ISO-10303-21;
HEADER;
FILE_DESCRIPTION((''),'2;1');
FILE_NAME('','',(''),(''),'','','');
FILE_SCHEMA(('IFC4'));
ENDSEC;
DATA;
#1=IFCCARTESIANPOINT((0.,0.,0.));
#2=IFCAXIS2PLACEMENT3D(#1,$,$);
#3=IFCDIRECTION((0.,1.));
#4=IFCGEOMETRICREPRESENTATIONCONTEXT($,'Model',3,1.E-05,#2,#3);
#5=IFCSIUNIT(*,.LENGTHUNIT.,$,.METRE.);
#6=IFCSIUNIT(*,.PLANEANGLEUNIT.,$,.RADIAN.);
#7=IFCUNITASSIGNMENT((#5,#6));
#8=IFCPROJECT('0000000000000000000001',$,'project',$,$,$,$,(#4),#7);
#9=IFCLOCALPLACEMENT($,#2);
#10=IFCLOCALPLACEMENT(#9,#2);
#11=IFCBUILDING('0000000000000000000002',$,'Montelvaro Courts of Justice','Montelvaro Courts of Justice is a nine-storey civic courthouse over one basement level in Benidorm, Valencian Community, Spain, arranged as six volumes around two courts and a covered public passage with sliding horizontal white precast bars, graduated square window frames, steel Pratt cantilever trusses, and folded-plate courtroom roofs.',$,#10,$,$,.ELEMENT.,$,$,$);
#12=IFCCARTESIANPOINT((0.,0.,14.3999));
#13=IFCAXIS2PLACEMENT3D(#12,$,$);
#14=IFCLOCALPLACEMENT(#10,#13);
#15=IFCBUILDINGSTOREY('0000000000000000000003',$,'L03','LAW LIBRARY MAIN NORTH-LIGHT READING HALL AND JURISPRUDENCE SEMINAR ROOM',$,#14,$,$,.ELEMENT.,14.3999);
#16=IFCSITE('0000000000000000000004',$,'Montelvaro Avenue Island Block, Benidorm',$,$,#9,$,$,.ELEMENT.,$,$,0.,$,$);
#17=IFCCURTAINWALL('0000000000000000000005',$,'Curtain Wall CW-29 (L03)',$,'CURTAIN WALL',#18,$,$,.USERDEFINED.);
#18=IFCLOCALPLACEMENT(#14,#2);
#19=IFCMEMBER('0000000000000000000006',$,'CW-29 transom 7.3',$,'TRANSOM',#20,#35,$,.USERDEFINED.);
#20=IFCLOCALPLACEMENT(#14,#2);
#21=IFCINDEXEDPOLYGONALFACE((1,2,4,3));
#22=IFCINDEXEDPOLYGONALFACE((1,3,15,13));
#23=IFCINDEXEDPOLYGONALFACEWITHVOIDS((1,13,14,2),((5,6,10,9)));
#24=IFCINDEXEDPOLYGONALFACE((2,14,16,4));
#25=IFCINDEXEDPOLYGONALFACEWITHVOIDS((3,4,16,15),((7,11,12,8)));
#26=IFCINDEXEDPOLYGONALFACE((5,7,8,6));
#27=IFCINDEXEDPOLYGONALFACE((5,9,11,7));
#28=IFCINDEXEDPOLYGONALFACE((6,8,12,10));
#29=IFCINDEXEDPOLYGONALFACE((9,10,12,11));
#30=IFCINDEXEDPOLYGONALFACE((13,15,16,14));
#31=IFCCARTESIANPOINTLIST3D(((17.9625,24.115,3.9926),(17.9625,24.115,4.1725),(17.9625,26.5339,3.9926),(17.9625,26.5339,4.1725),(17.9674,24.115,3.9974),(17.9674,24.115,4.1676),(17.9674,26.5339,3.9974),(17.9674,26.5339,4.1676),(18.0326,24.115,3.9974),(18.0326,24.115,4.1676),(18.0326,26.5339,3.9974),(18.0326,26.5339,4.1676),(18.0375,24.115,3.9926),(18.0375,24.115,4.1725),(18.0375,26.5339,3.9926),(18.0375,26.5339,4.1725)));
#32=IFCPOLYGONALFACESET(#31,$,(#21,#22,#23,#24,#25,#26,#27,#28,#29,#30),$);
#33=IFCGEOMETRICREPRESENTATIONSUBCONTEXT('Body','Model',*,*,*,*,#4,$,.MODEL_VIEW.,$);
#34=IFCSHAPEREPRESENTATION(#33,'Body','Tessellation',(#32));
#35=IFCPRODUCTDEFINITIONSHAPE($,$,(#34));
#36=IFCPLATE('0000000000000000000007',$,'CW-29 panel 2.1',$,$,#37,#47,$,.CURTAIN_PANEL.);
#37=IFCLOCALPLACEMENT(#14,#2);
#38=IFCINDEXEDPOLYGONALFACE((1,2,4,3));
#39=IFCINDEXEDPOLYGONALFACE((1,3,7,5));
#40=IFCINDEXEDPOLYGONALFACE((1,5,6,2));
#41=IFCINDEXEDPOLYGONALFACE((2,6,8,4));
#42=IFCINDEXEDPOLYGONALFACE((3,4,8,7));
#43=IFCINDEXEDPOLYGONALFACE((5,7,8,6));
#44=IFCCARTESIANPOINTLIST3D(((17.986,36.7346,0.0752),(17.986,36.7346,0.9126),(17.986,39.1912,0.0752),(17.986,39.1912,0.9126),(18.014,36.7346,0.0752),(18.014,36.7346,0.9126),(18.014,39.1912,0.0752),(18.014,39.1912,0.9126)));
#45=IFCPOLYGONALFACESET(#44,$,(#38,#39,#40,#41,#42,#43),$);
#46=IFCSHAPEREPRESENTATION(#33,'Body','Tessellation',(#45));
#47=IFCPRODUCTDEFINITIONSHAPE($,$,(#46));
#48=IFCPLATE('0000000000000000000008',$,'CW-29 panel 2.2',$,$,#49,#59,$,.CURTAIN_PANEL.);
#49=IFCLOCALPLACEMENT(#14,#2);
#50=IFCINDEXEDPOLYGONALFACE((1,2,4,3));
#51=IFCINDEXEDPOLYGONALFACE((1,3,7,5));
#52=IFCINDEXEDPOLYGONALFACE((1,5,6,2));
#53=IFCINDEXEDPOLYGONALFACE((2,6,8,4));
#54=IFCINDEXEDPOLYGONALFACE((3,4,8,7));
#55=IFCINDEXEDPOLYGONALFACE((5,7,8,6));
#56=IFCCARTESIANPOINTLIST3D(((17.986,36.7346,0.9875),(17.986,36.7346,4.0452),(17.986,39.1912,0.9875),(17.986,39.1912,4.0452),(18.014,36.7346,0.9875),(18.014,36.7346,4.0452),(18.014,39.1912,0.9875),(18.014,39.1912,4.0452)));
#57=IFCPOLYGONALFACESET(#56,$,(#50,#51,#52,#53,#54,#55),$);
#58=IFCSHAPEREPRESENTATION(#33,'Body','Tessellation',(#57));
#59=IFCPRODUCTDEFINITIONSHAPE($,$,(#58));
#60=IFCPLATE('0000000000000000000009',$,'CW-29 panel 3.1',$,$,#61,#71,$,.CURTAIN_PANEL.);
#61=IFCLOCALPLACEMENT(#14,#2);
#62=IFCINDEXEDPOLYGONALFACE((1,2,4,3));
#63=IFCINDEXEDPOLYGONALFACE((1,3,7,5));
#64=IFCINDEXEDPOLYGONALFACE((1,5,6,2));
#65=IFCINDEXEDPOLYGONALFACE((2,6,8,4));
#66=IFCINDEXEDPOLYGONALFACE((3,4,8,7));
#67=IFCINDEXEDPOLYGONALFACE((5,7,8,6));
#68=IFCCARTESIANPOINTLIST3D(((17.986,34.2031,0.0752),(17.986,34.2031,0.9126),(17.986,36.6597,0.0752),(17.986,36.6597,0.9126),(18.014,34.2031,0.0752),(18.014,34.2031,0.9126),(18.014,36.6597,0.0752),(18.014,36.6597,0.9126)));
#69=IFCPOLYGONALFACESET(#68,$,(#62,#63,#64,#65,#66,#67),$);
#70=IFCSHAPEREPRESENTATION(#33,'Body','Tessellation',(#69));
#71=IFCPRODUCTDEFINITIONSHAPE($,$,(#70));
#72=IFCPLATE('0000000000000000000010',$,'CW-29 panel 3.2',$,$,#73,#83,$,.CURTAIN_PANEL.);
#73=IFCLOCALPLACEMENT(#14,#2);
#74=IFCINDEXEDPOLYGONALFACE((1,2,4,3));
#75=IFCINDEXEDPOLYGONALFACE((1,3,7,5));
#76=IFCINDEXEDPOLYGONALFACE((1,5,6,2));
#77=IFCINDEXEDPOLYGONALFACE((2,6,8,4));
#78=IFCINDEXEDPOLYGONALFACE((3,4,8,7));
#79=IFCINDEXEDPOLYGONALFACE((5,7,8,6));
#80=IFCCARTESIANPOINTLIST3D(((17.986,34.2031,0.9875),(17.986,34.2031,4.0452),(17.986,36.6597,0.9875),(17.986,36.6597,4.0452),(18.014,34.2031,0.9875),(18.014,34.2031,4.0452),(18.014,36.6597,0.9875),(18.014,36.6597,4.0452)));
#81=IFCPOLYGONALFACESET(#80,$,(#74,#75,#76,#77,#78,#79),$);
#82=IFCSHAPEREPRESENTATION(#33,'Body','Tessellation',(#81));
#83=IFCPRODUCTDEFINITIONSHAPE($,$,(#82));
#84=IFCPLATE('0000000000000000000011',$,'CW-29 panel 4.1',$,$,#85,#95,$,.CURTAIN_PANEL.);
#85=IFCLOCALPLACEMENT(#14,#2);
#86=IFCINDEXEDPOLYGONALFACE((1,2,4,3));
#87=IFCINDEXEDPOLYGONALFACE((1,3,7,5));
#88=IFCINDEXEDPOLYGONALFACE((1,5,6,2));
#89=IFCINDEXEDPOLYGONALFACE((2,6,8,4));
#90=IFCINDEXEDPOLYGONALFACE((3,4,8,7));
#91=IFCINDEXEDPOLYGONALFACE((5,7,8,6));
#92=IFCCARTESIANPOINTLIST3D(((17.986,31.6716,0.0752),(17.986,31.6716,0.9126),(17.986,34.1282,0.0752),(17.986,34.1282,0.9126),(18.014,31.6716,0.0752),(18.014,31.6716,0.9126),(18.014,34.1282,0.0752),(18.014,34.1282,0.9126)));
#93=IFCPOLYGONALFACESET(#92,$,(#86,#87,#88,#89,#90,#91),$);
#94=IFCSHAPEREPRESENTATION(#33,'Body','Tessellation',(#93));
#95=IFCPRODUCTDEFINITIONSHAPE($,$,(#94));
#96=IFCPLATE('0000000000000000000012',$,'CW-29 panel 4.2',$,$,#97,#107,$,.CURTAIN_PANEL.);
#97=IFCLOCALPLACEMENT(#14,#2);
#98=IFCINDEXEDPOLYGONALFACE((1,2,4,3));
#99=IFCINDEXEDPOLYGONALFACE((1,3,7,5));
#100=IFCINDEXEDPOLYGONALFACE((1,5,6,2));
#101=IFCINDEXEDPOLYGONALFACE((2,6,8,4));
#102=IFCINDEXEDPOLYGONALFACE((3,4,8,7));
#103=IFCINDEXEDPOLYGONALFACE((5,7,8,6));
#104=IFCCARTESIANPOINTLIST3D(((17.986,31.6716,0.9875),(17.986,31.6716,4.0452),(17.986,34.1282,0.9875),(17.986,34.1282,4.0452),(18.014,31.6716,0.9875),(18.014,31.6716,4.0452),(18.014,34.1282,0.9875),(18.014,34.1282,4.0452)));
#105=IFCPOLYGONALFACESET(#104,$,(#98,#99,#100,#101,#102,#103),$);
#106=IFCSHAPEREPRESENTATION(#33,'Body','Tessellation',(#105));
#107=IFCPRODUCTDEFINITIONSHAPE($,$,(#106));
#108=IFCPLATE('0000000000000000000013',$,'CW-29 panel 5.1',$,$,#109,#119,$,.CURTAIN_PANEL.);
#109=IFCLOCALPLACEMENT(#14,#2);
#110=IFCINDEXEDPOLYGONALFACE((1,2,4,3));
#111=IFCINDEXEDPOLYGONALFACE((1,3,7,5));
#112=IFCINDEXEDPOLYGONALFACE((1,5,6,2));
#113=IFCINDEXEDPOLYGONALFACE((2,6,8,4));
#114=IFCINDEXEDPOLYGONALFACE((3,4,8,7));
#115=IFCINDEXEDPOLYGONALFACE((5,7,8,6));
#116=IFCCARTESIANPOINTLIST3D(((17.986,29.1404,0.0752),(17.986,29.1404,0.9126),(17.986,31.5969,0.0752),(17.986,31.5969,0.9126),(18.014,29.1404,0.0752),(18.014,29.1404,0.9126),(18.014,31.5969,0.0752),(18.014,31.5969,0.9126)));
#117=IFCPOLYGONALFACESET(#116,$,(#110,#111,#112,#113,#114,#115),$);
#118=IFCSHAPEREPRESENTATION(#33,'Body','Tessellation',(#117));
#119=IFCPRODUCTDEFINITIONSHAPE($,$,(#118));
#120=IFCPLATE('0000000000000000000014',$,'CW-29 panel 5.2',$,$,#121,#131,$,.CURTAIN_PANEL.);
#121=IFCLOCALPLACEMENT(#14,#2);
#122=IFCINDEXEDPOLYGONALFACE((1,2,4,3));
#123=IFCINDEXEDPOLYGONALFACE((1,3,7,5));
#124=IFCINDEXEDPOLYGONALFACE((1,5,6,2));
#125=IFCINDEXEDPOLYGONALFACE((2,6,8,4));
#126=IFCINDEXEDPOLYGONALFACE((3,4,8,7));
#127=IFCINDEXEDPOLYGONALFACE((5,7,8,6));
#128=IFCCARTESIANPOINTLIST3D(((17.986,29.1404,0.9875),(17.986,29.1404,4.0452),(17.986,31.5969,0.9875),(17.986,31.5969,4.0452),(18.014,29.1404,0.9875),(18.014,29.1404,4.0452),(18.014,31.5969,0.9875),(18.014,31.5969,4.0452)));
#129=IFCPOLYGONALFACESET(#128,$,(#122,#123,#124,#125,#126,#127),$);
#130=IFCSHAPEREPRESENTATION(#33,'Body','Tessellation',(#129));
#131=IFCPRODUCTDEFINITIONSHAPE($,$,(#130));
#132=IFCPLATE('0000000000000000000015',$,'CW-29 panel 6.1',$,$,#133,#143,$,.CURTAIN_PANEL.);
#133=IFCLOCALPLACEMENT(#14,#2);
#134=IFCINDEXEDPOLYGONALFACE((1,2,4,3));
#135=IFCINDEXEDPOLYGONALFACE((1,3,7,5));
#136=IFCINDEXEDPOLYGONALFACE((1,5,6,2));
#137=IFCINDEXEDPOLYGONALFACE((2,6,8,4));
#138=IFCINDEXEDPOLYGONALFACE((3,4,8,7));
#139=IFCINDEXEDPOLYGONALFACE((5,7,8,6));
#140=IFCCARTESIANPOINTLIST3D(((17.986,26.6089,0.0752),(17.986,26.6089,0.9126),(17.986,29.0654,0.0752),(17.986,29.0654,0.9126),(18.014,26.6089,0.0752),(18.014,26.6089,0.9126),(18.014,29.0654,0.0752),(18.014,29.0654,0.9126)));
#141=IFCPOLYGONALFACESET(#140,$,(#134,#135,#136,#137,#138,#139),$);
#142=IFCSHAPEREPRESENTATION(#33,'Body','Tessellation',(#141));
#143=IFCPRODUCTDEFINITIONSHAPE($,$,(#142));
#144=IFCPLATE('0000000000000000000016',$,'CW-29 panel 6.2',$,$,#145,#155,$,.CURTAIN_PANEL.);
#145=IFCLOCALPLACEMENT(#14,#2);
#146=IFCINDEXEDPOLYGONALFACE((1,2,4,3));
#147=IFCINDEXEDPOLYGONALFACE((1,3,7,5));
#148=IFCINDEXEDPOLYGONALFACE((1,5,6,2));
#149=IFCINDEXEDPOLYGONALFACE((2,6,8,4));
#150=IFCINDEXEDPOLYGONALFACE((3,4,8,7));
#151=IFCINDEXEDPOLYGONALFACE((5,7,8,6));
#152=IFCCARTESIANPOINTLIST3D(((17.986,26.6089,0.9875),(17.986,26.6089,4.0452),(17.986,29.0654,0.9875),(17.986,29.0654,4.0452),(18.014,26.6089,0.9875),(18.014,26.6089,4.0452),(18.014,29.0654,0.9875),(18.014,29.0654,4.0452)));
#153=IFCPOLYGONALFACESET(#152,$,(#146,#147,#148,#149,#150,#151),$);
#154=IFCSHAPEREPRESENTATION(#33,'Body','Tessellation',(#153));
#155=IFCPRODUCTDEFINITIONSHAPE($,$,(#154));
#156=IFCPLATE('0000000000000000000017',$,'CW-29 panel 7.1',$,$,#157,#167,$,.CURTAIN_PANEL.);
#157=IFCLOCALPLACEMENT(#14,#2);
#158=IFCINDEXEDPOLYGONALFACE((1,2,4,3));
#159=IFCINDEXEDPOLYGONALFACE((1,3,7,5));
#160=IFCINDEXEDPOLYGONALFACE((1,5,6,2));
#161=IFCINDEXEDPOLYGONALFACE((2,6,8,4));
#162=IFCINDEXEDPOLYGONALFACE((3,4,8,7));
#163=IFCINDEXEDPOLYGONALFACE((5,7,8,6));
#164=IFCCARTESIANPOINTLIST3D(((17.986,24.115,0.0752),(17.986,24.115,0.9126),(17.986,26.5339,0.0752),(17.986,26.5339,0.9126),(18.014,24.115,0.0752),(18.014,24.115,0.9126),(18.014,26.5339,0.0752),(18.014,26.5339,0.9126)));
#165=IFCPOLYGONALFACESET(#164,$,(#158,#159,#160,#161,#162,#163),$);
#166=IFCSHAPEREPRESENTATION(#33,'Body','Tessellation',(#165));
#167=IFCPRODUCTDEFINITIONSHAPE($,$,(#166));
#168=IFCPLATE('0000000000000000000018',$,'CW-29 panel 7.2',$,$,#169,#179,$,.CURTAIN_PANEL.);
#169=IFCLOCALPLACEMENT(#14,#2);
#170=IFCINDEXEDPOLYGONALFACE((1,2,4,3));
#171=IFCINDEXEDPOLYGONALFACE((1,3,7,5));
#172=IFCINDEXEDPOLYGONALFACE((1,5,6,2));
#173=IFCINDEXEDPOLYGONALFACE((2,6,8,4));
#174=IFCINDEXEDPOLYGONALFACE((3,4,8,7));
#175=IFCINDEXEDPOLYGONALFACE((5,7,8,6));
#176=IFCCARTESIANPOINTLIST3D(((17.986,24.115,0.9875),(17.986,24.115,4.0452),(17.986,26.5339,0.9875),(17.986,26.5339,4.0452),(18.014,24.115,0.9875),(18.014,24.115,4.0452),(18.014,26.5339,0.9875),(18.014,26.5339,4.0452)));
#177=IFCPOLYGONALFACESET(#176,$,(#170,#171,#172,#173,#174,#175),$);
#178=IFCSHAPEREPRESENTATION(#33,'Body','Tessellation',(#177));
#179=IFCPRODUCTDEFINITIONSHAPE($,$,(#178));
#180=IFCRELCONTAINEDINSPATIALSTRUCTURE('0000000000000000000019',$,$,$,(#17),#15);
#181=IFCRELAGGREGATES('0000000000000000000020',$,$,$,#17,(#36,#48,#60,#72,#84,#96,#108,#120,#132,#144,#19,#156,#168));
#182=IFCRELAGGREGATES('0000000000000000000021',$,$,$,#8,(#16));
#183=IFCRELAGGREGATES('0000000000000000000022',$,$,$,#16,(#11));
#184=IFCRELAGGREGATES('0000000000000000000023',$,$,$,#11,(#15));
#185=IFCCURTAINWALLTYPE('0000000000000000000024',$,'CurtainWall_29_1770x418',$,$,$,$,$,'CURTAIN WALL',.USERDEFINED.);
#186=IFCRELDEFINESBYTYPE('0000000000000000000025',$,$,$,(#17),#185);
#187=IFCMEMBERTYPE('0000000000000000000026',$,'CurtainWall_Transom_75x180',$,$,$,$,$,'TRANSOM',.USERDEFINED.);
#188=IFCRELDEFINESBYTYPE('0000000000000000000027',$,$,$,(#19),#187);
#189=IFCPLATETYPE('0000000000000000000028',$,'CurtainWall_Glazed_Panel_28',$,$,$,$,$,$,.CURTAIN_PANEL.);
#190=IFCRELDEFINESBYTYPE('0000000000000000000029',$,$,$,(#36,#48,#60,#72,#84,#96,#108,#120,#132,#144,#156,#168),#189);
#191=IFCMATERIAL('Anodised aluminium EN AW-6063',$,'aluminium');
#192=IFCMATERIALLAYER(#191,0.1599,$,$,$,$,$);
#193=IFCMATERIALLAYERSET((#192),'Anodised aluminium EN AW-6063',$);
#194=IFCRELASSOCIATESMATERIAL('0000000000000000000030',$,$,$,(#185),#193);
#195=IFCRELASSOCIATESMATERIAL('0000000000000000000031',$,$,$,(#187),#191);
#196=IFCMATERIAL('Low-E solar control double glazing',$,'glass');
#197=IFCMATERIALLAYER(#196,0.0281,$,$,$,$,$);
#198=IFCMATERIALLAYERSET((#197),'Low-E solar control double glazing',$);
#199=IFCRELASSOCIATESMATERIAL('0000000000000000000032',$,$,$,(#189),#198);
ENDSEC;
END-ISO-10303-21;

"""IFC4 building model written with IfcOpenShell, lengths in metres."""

from ifc_helpers import new_model, si_unit, direction, frame, origin, origin_2d, place, context, subcontext, project, spatial, rectangle, hollow_rectangle, extrude, material, layer, layer_set, material_profile, profile_set, type_object, element, aggregate, save


model = new_model("IFC4")

# Units and contexts
model_context = context("Model", 3, precision=1e-05, world=origin(), true_north=direction((0.0, 1.0)))
body_context = subcontext(model_context, "Body", "Model", "MODEL_VIEW")
ifc_project = project(units=[si_unit("LENGTHUNIT", "METRE"), si_unit("PLANEANGLEUNIT", "RADIAN")], contexts=[model_context])

# Site, building, storey
site_placement = place(None, origin())
site = spatial("IfcSite", under=ifc_project, at=site_placement, Name="Montelvaro Avenue Island Block, Benidorm", CompositionType="ELEMENT", RefElevation=0.0)
building_placement = place(site_placement, origin())
building = spatial("IfcBuilding", under=site, at=building_placement, Name="Montelvaro Courts of Justice", Description="Montelvaro Courts of Justice is a nine-storey civic courthouse over one basement level in Benidorm, Valencian Community, Spain, arranged as six volumes around two courts and a covered public passage with sliding horizontal white precast bars, graduated square window frames, steel Pratt cantilever trusses, and folded-plate courtroom roofs.", CompositionType="ELEMENT")
storey_placement = place(building_placement, frame((0.0, 0.0, 14.3999)))
storey = spatial("IfcBuildingStorey", under=building, at=storey_placement, Name="L03", Description="LAW LIBRARY MAIN NORTH-LIGHT READING HALL AND JURISPRUDENCE SEMINAR ROOM", CompositionType="ELEMENT", Elevation=14.3999)

# Curtain wall, member, plates
ifc_material_1 = material(Name="Anodised aluminium EN AW-6063", Category="aluminium")
ifc_layer_1 = layer(ifc_material_1, 0.1599)
ifc_layer_set_1 = layer_set([ifc_layer_1], Name="Anodised aluminium EN AW-6063")
curtain_wall_type = type_object("IfcCurtainWallType", Name="CurtainWall_29_1770x418", ElementType="CURTAIN WALL", PredefinedType="USERDEFINED", material=ifc_layer_set_1)
curtain_wall_placement = place(storey_placement, origin())
curtain_wall = element("IfcCurtainWall", 1, at=curtain_wall_placement, inside=storey, type_object=curtain_wall_type, Name="Curtain Wall CW-29 (L03)", ObjectType="CURTAIN WALL", PredefinedType="USERDEFINED")
ifc_material_profile_1 = material_profile(ifc_material_1, hollow_rectangle(XDim=0.075, YDim=0.1799, WallThickness=0.0049, at=origin_2d()), Name="ALU-T 75x180")
ifc_profile_set_1 = profile_set([ifc_material_profile_1], Name="Anodised aluminium EN AW-6063")
member_type_1 = type_object("IfcMemberType", Name="CurtainWall_Transom_75x180", ElementType="TRANSOM", PredefinedType="USERDEFINED", material=ifc_profile_set_1)
member_1_placement = place(storey_placement, frame((18.0, 26.5339, 4.0825), z_axis=(0.0, -1.0, 0.0), x_axis=(1.0, 0.0, 0.0)))
member_1 = element("IfcMember", 2, at=member_1_placement, type_object=member_type_1, Name="CW-29 transom 7.3", ObjectType="TRANSOM", PredefinedType="USERDEFINED", context=body_context, shape_type="SweptSolid", body=[
    extrude(hollow_rectangle(XDim=0.075, YDim=0.1799, WallThickness=0.0049, at=origin_2d()), origin(), (0.0, 0.0, 1.0), 2.4189),
])
ifc_material_2 = material(Name="Low-E solar control double glazing", Category="glass")
ifc_layer_2 = layer(ifc_material_2, 0.0281)
ifc_layer_set_2 = layer_set([ifc_layer_2], Name="Low-E solar control double glazing")
plate_type = type_object("IfcPlateType", Name="CurtainWall_Glazed_Panel_28", PredefinedType="CURTAIN_PANEL", material=ifc_layer_set_2)
plate_1_placement = place(storey_placement, frame((18.0, 37.9629, 0.0752), z_axis=(0.0, 0.0, 1.0), x_axis=(0.0, -1.0, 0.0)))
plate_1 = element("IfcPlate", 3, at=plate_1_placement, type_object=plate_type, Name="CW-29 panel 2.1", PredefinedType="CURTAIN_PANEL", context=body_context, shape_type="SweptSolid", body=[
    extrude(rectangle(XDim=2.4565, YDim=0.0281, at=origin_2d()), origin(), (0.0, 0.0, 1.0), 0.8374),
])
plate_2_placement = place(storey_placement, frame((18.0, 37.9629, 0.9875), z_axis=(0.0, 0.0, 1.0), x_axis=(0.0, -1.0, 0.0)))
plate_2 = element("IfcPlate", 4, at=plate_2_placement, type_object=plate_type, Name="CW-29 panel 2.2", PredefinedType="CURTAIN_PANEL", context=body_context, shape_type="SweptSolid", body=[
    extrude(rectangle(XDim=2.4565, YDim=0.0281, at=origin_2d()), origin(), (0.0, 0.0, 1.0), 3.0576),
])
plate_3_placement = place(storey_placement, frame((18.0, 35.4314, 0.0752), z_axis=(0.0, 0.0, 1.0), x_axis=(0.0, -1.0, 0.0)))
plate_3 = element("IfcPlate", 5, at=plate_3_placement, type_object=plate_type, Name="CW-29 panel 3.1", PredefinedType="CURTAIN_PANEL", context=body_context, shape_type="SweptSolid", body=[
    extrude(rectangle(XDim=2.4565, YDim=0.0281, at=origin_2d()), origin(), (0.0, 0.0, 1.0), 0.8374),
])
plate_4_placement = place(storey_placement, frame((18.0, 35.4314, 0.9875), z_axis=(0.0, 0.0, 1.0), x_axis=(0.0, -1.0, 0.0)))
plate_4 = element("IfcPlate", 6, at=plate_4_placement, type_object=plate_type, Name="CW-29 panel 3.2", PredefinedType="CURTAIN_PANEL", context=body_context, shape_type="SweptSolid", body=[
    extrude(rectangle(XDim=2.4565, YDim=0.0281, at=origin_2d()), origin(), (0.0, 0.0, 1.0), 3.0576),
])
plate_5_placement = place(storey_placement, frame((18.0, 32.8999, 0.0752), z_axis=(0.0, 0.0, 1.0), x_axis=(0.0, -1.0, 0.0)))
plate_5 = element("IfcPlate", 7, at=plate_5_placement, type_object=plate_type, Name="CW-29 panel 4.1", PredefinedType="CURTAIN_PANEL", context=body_context, shape_type="SweptSolid", body=[
    extrude(rectangle(XDim=2.4565, YDim=0.0281, at=origin_2d()), origin(), (0.0, 0.0, 1.0), 0.8374),
])
plate_6_placement = place(storey_placement, frame((18.0, 32.8999, 0.9875), z_axis=(0.0, 0.0, 1.0), x_axis=(0.0, -1.0, 0.0)))
plate_6 = element("IfcPlate", 8, at=plate_6_placement, type_object=plate_type, Name="CW-29 panel 4.2", PredefinedType="CURTAIN_PANEL", context=body_context, shape_type="SweptSolid", body=[
    extrude(rectangle(XDim=2.4565, YDim=0.0281, at=origin_2d()), origin(), (0.0, 0.0, 1.0), 3.0576),
])
plate_7_placement = place(storey_placement, frame((18.0, 30.3687, 0.0752), z_axis=(0.0, 0.0, 1.0), x_axis=(0.0, -1.0, 0.0)))
plate_7 = element("IfcPlate", 9, at=plate_7_placement, type_object=plate_type, Name="CW-29 panel 5.1", PredefinedType="CURTAIN_PANEL", context=body_context, shape_type="SweptSolid", body=[
    extrude(rectangle(XDim=2.4565, YDim=0.0281, at=origin_2d()), origin(), (0.0, 0.0, 1.0), 0.8374),
])
plate_8_placement = place(storey_placement, frame((18.0, 30.3687, 0.9875), z_axis=(0.0, 0.0, 1.0), x_axis=(0.0, -1.0, 0.0)))
plate_8 = element("IfcPlate", 10, at=plate_8_placement, type_object=plate_type, Name="CW-29 panel 5.2", PredefinedType="CURTAIN_PANEL", context=body_context, shape_type="SweptSolid", body=[
    extrude(rectangle(XDim=2.4565, YDim=0.0281, at=origin_2d()), origin(), (0.0, 0.0, 1.0), 3.0576),
])
plate_9_placement = place(storey_placement, frame((18.0, 27.8372, 0.0752), z_axis=(0.0, 0.0, 1.0), x_axis=(0.0, -1.0, 0.0)))
plate_9 = element("IfcPlate", 11, at=plate_9_placement, type_object=plate_type, Name="CW-29 panel 6.1", PredefinedType="CURTAIN_PANEL", context=body_context, shape_type="SweptSolid", body=[
    extrude(rectangle(XDim=2.4565, YDim=0.0281, at=origin_2d()), origin(), (0.0, 0.0, 1.0), 0.8374),
])
plate_10_placement = place(storey_placement, frame((18.0, 27.8372, 0.9875), z_axis=(0.0, 0.0, 1.0), x_axis=(0.0, -1.0, 0.0)))
plate_10 = element("IfcPlate", 12, at=plate_10_placement, type_object=plate_type, Name="CW-29 panel 6.2", PredefinedType="CURTAIN_PANEL", context=body_context, shape_type="SweptSolid", body=[
    extrude(rectangle(XDim=2.4565, YDim=0.0281, at=origin_2d()), origin(), (0.0, 0.0, 1.0), 3.0576),
])
plate_11_placement = place(storey_placement, frame((18.0, 25.3245, 0.0752), z_axis=(0.0, 0.0, 1.0), x_axis=(0.0, -1.0, 0.0)))
plate_11 = element("IfcPlate", 13, at=plate_11_placement, type_object=plate_type, Name="CW-29 panel 7.1", PredefinedType="CURTAIN_PANEL", context=body_context, shape_type="SweptSolid", body=[
    extrude(rectangle(XDim=2.4189, YDim=0.0281, at=origin_2d()), origin(), (0.0, 0.0, 1.0), 0.8374),
])
plate_12_placement = place(storey_placement, frame((18.0, 25.3245, 0.9875), z_axis=(0.0, 0.0, 1.0), x_axis=(0.0, -1.0, 0.0)))
plate_12 = element("IfcPlate", 14, at=plate_12_placement, type_object=plate_type, Name="CW-29 panel 7.2", PredefinedType="CURTAIN_PANEL", context=body_context, shape_type="SweptSolid", body=[
    extrude(rectangle(XDim=2.4189, YDim=0.0281, at=origin_2d()), origin(), (0.0, 0.0, 1.0), 3.0576),
])
aggregate(curtain_wall, [plate_1, plate_2, plate_3, plate_4, plate_5, plate_6, plate_7, plate_8, plate_9, plate_10, member_1, plate_11, plate_12])

save(model, "model.ifc")
